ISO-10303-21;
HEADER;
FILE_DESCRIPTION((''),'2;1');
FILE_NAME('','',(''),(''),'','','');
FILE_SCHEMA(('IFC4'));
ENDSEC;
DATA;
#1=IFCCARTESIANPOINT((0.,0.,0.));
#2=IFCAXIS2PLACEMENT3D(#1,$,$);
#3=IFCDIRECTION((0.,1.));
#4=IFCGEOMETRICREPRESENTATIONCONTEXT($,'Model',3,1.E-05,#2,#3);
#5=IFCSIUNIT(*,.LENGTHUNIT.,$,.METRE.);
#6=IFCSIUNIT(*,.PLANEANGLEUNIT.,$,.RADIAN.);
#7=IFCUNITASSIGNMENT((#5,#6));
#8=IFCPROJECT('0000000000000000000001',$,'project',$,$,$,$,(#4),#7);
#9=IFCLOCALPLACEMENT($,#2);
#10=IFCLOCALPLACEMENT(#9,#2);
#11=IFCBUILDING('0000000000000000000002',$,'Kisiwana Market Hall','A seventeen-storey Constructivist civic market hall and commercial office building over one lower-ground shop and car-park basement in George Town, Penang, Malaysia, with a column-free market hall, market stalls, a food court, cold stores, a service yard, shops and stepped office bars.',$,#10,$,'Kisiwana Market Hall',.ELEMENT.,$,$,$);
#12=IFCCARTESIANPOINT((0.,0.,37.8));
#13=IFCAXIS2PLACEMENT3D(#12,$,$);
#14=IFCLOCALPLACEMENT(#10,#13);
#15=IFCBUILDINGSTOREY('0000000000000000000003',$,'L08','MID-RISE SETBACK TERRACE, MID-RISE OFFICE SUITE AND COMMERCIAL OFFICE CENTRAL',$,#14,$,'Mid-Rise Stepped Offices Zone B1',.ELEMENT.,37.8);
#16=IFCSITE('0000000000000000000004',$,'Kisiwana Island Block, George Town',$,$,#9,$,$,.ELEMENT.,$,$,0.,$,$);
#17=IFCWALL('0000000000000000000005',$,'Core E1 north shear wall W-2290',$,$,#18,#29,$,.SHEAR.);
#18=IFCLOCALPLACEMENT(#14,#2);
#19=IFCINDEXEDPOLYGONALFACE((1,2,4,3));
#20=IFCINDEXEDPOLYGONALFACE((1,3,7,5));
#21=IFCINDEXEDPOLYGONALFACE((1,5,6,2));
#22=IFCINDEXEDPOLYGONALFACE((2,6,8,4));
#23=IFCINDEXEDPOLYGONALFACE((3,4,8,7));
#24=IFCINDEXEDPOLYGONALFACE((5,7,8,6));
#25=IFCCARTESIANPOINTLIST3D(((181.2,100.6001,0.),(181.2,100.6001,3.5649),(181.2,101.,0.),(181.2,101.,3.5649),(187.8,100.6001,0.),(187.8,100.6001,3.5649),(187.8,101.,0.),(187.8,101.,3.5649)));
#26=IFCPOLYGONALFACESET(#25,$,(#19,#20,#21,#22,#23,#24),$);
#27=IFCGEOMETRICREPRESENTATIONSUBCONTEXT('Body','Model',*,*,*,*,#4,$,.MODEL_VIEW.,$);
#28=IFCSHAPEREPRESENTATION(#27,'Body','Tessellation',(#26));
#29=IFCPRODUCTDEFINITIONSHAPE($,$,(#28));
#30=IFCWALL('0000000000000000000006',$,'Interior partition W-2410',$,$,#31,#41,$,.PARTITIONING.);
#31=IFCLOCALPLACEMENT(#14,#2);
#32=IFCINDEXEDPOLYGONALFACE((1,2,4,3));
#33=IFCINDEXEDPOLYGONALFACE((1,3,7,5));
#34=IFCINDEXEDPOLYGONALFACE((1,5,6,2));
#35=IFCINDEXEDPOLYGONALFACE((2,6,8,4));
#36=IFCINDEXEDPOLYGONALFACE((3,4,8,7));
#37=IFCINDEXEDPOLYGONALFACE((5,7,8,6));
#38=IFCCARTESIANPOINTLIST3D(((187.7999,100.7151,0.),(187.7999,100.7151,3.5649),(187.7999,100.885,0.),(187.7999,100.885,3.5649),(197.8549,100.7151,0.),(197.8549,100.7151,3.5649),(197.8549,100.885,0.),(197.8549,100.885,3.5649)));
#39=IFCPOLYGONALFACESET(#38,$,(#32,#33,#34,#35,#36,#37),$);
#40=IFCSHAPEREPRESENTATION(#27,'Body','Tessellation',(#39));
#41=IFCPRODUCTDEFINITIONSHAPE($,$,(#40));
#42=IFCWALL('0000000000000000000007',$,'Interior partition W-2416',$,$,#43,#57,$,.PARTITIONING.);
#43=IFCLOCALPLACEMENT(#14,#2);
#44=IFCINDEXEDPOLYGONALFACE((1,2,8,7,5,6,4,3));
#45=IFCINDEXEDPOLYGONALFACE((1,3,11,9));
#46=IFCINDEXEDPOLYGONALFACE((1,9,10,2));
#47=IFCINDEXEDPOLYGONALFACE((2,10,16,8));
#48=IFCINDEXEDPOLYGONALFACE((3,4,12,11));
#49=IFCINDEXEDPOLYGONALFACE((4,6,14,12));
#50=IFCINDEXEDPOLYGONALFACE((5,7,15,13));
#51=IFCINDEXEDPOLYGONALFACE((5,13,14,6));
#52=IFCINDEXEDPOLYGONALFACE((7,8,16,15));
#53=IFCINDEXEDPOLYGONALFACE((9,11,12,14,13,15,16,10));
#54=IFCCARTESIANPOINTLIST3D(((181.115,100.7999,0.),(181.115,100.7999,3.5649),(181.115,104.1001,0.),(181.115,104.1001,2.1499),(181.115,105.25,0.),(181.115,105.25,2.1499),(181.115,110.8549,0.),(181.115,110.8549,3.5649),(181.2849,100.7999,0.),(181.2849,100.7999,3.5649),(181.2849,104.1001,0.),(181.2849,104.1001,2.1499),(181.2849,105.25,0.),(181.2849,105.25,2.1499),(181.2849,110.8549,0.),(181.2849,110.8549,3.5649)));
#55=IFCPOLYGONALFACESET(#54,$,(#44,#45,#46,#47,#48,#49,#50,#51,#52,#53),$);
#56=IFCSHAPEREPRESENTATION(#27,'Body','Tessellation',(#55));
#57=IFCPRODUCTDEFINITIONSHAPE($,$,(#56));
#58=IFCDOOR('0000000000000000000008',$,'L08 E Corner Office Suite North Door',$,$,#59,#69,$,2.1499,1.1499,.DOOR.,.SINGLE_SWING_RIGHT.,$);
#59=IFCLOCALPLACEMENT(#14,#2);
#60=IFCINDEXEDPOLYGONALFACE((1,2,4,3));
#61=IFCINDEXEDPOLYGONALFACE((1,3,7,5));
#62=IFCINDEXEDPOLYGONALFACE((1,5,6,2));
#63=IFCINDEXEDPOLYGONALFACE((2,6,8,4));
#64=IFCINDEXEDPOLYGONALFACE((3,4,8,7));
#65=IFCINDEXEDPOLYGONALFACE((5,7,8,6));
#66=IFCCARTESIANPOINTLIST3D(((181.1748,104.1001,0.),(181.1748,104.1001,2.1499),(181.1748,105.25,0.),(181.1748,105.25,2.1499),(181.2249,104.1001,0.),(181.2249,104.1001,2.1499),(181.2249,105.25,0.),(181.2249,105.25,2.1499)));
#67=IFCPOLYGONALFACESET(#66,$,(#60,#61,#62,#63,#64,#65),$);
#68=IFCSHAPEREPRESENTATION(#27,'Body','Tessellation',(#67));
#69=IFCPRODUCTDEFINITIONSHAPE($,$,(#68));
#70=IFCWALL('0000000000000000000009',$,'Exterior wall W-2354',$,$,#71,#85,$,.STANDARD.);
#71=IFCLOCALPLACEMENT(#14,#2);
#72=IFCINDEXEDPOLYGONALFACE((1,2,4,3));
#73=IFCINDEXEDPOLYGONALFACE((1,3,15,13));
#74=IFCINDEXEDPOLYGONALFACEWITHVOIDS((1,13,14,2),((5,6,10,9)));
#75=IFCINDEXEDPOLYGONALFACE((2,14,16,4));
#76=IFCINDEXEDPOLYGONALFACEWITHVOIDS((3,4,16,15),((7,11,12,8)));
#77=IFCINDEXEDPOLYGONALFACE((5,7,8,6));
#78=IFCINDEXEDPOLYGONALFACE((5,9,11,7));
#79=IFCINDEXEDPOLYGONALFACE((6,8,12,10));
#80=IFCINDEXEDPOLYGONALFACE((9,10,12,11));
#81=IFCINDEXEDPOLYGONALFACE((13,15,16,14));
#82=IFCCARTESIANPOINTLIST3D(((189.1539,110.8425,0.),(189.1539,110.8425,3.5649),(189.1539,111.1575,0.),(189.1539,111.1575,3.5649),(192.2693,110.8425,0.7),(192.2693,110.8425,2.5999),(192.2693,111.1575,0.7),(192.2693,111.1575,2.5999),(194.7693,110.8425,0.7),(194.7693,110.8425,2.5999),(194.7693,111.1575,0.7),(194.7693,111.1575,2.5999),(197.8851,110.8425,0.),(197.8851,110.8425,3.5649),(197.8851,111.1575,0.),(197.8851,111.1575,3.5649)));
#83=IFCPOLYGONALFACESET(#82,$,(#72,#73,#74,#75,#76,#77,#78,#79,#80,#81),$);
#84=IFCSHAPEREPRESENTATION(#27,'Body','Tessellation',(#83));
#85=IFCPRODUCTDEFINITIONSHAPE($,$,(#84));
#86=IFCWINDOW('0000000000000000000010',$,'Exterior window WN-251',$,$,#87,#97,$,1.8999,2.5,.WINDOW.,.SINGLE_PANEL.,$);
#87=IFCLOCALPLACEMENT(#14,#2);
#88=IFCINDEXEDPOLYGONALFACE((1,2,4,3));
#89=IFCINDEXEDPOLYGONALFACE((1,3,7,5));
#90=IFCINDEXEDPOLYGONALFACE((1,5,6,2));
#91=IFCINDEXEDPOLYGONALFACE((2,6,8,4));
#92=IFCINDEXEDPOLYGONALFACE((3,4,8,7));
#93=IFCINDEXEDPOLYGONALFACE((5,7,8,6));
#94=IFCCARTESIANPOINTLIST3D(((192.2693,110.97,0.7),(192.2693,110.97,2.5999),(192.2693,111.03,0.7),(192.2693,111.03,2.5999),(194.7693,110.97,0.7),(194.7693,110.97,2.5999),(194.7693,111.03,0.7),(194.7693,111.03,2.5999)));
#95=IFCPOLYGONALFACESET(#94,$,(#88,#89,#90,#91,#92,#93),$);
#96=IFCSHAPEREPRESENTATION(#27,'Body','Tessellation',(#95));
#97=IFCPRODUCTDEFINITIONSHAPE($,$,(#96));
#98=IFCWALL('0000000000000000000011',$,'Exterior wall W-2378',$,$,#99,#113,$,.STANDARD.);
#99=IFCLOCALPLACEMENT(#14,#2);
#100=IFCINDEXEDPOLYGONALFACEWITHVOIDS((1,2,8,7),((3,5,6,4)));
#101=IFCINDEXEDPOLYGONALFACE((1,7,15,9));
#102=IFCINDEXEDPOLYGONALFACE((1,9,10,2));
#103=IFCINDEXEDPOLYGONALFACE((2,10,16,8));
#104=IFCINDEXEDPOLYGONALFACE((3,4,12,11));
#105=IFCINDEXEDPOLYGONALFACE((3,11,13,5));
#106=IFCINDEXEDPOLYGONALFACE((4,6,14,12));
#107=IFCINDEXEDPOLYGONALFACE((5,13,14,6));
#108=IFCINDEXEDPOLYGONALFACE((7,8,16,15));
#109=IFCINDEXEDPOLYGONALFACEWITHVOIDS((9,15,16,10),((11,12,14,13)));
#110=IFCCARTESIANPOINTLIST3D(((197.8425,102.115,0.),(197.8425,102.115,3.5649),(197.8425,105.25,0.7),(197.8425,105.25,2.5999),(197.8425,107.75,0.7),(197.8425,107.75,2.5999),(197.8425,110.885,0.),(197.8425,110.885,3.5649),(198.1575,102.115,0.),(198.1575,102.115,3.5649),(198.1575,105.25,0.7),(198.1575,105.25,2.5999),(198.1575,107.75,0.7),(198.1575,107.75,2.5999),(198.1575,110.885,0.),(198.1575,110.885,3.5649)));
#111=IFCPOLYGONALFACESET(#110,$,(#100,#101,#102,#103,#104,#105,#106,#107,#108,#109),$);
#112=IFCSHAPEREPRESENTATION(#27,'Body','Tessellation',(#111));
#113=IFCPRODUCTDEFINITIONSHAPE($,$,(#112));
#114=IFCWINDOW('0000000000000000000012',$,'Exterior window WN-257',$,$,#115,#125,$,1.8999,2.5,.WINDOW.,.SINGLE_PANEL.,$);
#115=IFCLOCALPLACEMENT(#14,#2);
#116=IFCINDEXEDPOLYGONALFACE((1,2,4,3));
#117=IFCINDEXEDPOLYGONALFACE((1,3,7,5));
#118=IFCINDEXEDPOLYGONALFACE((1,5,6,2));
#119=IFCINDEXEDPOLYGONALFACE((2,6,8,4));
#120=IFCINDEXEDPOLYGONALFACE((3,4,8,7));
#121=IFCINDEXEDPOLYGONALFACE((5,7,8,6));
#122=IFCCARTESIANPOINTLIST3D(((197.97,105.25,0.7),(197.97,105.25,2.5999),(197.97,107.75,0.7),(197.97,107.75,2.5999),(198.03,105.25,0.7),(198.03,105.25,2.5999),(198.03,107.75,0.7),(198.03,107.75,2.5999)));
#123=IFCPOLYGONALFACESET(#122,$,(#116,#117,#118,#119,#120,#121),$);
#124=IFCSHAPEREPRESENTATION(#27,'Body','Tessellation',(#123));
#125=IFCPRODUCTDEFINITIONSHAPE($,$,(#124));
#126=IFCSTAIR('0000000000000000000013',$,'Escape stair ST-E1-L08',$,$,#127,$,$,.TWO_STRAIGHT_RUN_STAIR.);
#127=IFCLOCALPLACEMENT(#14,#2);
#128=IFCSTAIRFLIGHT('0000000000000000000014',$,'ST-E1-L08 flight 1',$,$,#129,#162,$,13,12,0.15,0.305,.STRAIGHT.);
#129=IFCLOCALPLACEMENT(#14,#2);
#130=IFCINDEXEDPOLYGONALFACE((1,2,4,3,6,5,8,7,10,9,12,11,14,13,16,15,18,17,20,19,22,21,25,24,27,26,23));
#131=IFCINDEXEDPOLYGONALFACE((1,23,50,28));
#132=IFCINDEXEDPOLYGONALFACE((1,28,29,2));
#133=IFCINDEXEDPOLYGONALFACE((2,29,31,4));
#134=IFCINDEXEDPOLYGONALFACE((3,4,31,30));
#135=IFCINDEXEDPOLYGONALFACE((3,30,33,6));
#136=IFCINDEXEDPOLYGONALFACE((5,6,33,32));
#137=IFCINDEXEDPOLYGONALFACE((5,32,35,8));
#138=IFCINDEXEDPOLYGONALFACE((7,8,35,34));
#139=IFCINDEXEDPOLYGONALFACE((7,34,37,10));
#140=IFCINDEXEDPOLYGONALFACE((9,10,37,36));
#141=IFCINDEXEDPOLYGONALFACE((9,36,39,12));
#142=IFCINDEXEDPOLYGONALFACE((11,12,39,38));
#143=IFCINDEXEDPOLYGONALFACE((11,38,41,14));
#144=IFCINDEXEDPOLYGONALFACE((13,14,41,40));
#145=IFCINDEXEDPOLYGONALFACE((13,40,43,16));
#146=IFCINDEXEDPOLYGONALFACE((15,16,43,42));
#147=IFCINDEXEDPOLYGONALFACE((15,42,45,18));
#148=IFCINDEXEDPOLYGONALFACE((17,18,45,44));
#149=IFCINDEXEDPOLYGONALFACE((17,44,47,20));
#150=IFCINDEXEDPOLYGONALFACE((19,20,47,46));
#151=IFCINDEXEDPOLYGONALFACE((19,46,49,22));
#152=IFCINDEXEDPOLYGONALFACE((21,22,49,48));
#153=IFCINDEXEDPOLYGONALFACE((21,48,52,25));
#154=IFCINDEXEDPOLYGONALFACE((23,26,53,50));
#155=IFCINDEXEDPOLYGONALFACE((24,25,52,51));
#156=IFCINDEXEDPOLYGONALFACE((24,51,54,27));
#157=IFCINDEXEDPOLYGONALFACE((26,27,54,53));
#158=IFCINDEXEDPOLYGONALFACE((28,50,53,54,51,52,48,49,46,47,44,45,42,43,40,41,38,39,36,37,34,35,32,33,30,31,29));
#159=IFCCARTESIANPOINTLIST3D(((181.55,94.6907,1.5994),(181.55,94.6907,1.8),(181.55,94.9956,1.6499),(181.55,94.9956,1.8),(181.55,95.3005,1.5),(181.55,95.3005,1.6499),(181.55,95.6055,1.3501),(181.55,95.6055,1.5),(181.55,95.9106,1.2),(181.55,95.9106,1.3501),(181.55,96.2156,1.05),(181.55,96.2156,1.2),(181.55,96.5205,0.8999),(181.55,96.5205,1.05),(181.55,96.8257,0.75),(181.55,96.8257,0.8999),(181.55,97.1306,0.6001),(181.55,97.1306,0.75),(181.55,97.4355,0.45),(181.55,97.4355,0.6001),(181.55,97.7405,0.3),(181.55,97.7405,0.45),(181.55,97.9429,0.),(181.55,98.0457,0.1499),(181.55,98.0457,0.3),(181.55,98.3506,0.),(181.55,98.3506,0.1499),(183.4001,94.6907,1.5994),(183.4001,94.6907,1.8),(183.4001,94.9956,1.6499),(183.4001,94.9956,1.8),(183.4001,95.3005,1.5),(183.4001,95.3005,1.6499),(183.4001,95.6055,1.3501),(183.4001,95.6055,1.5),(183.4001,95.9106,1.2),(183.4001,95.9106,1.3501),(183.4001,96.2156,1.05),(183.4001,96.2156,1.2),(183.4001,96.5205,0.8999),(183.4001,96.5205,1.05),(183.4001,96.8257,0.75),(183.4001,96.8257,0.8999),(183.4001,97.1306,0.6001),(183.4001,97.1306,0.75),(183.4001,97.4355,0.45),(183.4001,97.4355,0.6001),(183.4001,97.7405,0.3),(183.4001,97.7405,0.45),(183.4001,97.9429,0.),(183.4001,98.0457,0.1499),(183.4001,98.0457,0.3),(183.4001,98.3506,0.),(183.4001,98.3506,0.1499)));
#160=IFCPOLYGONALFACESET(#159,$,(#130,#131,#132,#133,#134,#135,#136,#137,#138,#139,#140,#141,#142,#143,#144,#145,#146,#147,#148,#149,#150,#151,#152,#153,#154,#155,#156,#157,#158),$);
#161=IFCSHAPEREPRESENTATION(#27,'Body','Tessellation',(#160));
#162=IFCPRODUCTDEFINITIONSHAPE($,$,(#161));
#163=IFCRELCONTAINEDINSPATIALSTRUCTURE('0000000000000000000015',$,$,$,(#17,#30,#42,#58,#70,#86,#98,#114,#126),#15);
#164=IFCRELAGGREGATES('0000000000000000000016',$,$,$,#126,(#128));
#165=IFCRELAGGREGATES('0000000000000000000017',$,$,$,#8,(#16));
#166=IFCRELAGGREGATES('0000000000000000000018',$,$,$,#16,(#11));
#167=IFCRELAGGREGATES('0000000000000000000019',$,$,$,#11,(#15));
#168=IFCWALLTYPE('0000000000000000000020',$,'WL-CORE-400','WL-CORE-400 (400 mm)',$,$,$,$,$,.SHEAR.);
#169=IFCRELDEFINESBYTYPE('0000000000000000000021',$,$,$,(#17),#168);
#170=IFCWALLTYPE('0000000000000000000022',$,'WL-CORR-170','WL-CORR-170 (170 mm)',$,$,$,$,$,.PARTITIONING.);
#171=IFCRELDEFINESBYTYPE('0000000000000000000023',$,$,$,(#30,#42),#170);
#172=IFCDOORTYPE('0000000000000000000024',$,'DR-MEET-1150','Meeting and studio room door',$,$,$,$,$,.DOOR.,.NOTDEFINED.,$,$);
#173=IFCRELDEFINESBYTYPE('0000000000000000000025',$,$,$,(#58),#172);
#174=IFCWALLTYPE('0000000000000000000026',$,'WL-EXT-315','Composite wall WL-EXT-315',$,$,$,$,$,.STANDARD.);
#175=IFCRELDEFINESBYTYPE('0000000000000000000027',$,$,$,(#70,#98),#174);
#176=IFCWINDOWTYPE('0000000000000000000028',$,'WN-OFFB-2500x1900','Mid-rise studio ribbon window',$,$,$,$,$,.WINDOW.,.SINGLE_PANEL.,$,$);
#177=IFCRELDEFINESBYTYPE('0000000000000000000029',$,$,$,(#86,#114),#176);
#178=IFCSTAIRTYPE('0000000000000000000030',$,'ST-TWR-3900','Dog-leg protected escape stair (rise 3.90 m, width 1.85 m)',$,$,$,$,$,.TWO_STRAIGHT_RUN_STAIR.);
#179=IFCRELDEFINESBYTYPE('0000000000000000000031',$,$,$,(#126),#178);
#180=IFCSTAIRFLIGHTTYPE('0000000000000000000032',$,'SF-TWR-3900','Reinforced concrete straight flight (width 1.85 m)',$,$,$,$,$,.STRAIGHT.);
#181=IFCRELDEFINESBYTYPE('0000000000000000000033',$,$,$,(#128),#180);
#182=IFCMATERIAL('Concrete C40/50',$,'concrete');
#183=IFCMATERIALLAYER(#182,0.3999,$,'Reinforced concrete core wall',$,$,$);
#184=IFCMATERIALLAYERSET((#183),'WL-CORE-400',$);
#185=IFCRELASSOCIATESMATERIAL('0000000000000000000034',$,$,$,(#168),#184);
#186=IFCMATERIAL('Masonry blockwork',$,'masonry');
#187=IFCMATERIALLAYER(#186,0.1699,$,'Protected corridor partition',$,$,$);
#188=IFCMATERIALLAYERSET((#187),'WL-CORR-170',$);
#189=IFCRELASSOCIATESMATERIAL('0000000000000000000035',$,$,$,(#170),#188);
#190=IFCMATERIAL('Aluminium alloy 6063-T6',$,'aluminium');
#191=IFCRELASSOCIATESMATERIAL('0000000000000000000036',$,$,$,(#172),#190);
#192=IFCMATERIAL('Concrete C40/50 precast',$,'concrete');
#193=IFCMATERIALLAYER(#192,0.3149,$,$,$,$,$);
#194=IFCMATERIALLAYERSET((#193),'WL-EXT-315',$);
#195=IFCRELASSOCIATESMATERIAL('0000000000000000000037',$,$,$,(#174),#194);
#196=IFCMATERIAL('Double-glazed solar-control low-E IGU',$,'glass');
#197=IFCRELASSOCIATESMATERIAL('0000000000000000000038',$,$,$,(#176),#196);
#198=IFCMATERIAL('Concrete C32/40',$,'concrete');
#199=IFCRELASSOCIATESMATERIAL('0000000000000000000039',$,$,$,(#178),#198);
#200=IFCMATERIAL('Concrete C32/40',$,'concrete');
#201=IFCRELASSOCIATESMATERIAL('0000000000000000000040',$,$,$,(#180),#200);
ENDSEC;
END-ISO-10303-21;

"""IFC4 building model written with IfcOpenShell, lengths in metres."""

from ifc_helpers import new_model, si_unit, direction, frame, frame_2d, origin, place, context, subcontext, project, spatial, polyline, rectangle, outline, extrude, material, layer, layer_set, type_object, element, fill, aggregate, save


model = new_model("IFC4")

# Units and contexts
model_context = context("Model", 3, precision=1e-05, world=origin(), true_north=direction((0.0, 1.0)))
body_context = subcontext(model_context, "Body", "Model", "MODEL_VIEW")
ifc_project = project(units=[si_unit("LENGTHUNIT", "METRE"), si_unit("PLANEANGLEUNIT", "RADIAN")], contexts=[model_context])

# Site, building, storey
site_placement = place(None, origin())
site = spatial("IfcSite", under=ifc_project, at=site_placement, Name="Kisiwana Island Block, George Town", CompositionType="ELEMENT", RefElevation=0.0)
building_placement = place(site_placement, origin())
building = spatial("IfcBuilding", under=site, at=building_placement, Name="Kisiwana Market Hall", Description="A seventeen-storey Constructivist civic market hall and commercial office building over one lower-ground shop and car-park basement in George Town, Penang, Malaysia, with a column-free market hall, market stalls, a food court, cold stores, a service yard, shops and stepped office bars.", LongName="Kisiwana Market Hall", CompositionType="ELEMENT")
storey_placement = place(building_placement, frame((0.0, 0.0, 37.8)))
storey = spatial("IfcBuildingStorey", under=building, at=storey_placement, Name="L08", Description="MID-RISE SETBACK TERRACE, MID-RISE OFFICE SUITE AND COMMERCIAL OFFICE CENTRAL", LongName="Mid-Rise Stepped Offices Zone B1", CompositionType="ELEMENT", Elevation=37.8)

# Walls
ifc_material_1 = material(Name="Concrete C40/50", Category="concrete")
ifc_layer_1 = layer(ifc_material_1, 0.3999, Name="Reinforced concrete core wall")
ifc_layer_set_1 = layer_set([ifc_layer_1], Name="WL-CORE-400")
wall_type_1 = type_object("IfcWallType", Name="WL-CORE-400", Description="WL-CORE-400 (400 mm)", PredefinedType="SHEAR", material=ifc_layer_set_1)
wall_1_placement = place(storey_placement, frame((181.2, 100.8, 0.0), z_axis=(0.0, 0.0, 1.0), x_axis=(1.0, 0.0, 0.0)))
element("IfcWall", 1, at=wall_1_placement, inside=storey, type_object=wall_type_1, Name="Core E1 north shear wall W-2290", PredefinedType="SHEAR", context=body_context, shape_type="SweptSolid", body=[
    extrude(rectangle(XDim=6.6001, YDim=0.3999, at=frame_2d((3.3, 0.0))), origin(), (0.0, 0.0, 1.0), 3.5649),
])
ifc_material_2 = material(Name="Masonry blockwork", Category="masonry")
ifc_layer_2 = layer(ifc_material_2, 0.1699, Name="Protected corridor partition")
ifc_layer_set_2 = layer_set([ifc_layer_2], Name="WL-CORR-170")
wall_type_2 = type_object("IfcWallType", Name="WL-CORR-170", Description="WL-CORR-170 (170 mm)", PredefinedType="PARTITIONING", material=ifc_layer_set_2)
wall_2_placement = place(storey_placement, frame((187.8, 100.8, 0.0), z_axis=(0.0, 0.0, 1.0), x_axis=(1.0, 0.0, 0.0)))
element("IfcWall", 2, at=wall_2_placement, inside=storey, type_object=wall_type_2, Name="Interior partition W-2410", PredefinedType="PARTITIONING", context=body_context, shape_type="SweptSolid", body=[
    extrude(rectangle(XDim=10.0549, YDim=0.1699, at=frame_2d((5.0273, 0.0))), origin(), (0.0, 0.0, 1.0), 3.5649),
])

# Wall, opening, door
wall_3_placement = place(storey_placement, frame((181.2, 100.8, 0.0), z_axis=(0.0, 0.0, 1.0), x_axis=(0.0, 1.0, 0.0)))
wall_3 = element("IfcWall", 3, at=wall_3_placement, inside=storey, type_object=wall_type_2, Name="Interior partition W-2416", PredefinedType="PARTITIONING", context=body_context, shape_type="SweptSolid", body=[
    extrude(rectangle(XDim=10.0549, YDim=0.1699, at=frame_2d((5.0273, 0.0))), origin(), (0.0, 0.0, 1.0), 3.5649),
])
opening_1_placement = place(wall_3_placement, frame((3.3, 0.0, 0.0)))
opening_1 = element("IfcOpeningElement", 4, at=opening_1_placement, cuts=wall_3, PredefinedType="OPENING", context=body_context, shape_type="SweptSolid", body=[
    extrude(rectangle(XDim=1.1499, YDim=2.1499, at=frame_2d((0.575, 1.075))), frame((0.0, 0.0969, 0.0), z_axis=(0.0, -1.0, 0.0), x_axis=(1.0, 0.0, 0.0)), (0.0, 0.0, 1.0), 0.1938),
])
ifc_material_3 = material(Name="Aluminium alloy 6063-T6", Category="aluminium")
door_type = type_object("IfcDoorType", Name="DR-MEET-1150", Description="Meeting and studio room door", OperationType="NOTDEFINED", PredefinedType="DOOR", material=ifc_material_3)
door_placement = place(opening_1_placement, frame((1.1499, 0.0, 0.0), z_axis=(0.0, 0.0, 1.0), x_axis=(-1.0, 0.0, 0.0)))
door = element("IfcDoor", 5, at=door_placement, inside=storey, type_object=door_type, Name="L08 E Corner Office Suite North Door", OperationType="SINGLE_SWING_RIGHT", OverallHeight=2.1499, OverallWidth=1.1499, PredefinedType="DOOR", context=body_context, shape_type="SweptSolid", body=[
    extrude(rectangle(XDim=1.1499, YDim=2.1499, at=frame_2d((0.575, 1.075))), frame((0.0, 0.0249, 0.0), z_axis=(0.0, -1.0, 0.0), x_axis=(1.0, 0.0, 0.0)), (0.0, 0.0, 1.0), 0.05),
])
fill(opening_1, door)

# Walls, openings, windows
ifc_material_4 = material(Name="Concrete C40/50 precast", Category="concrete")
ifc_layer_3 = layer(ifc_material_4, 0.3149)
ifc_layer_set_3 = layer_set([ifc_layer_3], Name="WL-EXT-315")
wall_type_3 = type_object("IfcWallType", Name="WL-EXT-315", Description="Composite wall WL-EXT-315", PredefinedType="STANDARD", material=ifc_layer_set_3)
wall_4_placement = place(storey_placement, frame((189.1538, 111.0, 0.0), z_axis=(0.0, 0.0, 1.0), x_axis=(1.0, 0.0, 0.0)))
wall_4 = element("IfcWall", 6, at=wall_4_placement, inside=storey, type_object=wall_type_3, Name="Exterior wall W-2354", PredefinedType="STANDARD", context=body_context, shape_type="SweptSolid", body=[
    extrude(rectangle(XDim=8.7312, YDim=0.3149, at=frame_2d((4.3657, 0.0))), origin(), (0.0, 0.0, 1.0), 3.5649),
])
opening_2_placement = place(wall_4_placement, frame((3.1155, 0.0, 0.7)))
opening_2 = element("IfcOpeningElement", 7, at=opening_2_placement, cuts=wall_4, PredefinedType="OPENING", context=body_context, shape_type="SweptSolid", body=[
    extrude(rectangle(XDim=2.5, YDim=1.8999, at=frame_2d((1.25, 0.95))), frame((0.0, 0.1694, 0.0), z_axis=(0.0, -1.0, 0.0), x_axis=(1.0, 0.0, 0.0)), (0.0, 0.0, 1.0), 0.3389),
])
ifc_material_5 = material(Name="Double-glazed solar-control low-E IGU", Category="glass")
window_type = type_object("IfcWindowType", Name="WN-OFFB-2500x1900", Description="Mid-rise studio ribbon window", PartitioningType="SINGLE_PANEL", PredefinedType="WINDOW", material=ifc_material_5)
window_1_placement = place(opening_2_placement, origin())
window_1 = element("IfcWindow", 8, at=window_1_placement, inside=storey, type_object=window_type, Name="Exterior window WN-251", OverallHeight=1.8999, OverallWidth=2.5, PartitioningType="SINGLE_PANEL", PredefinedType="WINDOW", context=body_context, shape_type="SweptSolid", body=[
    extrude(rectangle(XDim=2.5, YDim=1.8999, at=frame_2d((1.25, 0.95))), frame((0.0, 0.03, 0.0), z_axis=(0.0, -1.0, 0.0), x_axis=(1.0, 0.0, 0.0)), (0.0, 0.0, 1.0), 0.0601),
])
fill(opening_2, window_1)
wall_5_placement = place(storey_placement, frame((198.0, 102.115, 0.0), z_axis=(0.0, 0.0, 1.0), x_axis=(0.0, 1.0, 0.0)))
wall_5 = element("IfcWall", 9, at=wall_5_placement, inside=storey, type_object=wall_type_3, Name="Exterior wall W-2378", PredefinedType="STANDARD", context=body_context, shape_type="SweptSolid", body=[
    extrude(rectangle(XDim=8.77, YDim=0.3149, at=frame_2d((4.385, 0.0))), origin(), (0.0, 0.0, 1.0), 3.5649),
])
opening_3_placement = place(wall_5_placement, frame((3.135, 0.0, 0.7)))
opening_3 = element("IfcOpeningElement", 10, at=opening_3_placement, cuts=wall_5, PredefinedType="OPENING", context=body_context, shape_type="SweptSolid", body=[
    extrude(rectangle(XDim=2.5, YDim=1.8999, at=frame_2d((1.25, 0.95))), frame((0.0, 0.1694, 0.0), z_axis=(0.0, -1.0, 0.0), x_axis=(1.0, 0.0, 0.0)), (0.0, 0.0, 1.0), 0.3389),
])
window_2_placement = place(opening_3_placement, origin())
window_2 = element("IfcWindow", 11, at=window_2_placement, inside=storey, type_object=window_type, Name="Exterior window WN-257", OverallHeight=1.8999, OverallWidth=2.5, PartitioningType="SINGLE_PANEL", PredefinedType="WINDOW", context=body_context, shape_type="SweptSolid", body=[
    extrude(rectangle(XDim=2.5, YDim=1.8999, at=frame_2d((1.25, 0.95))), frame((0.0, 0.03, 0.0), z_axis=(0.0, -1.0, 0.0), x_axis=(1.0, 0.0, 0.0)), (0.0, 0.0, 1.0), 0.0601),
])
fill(opening_3, window_2)

# Stair, stair flight
ifc_material_6 = material(Name="Concrete C32/40", Category="concrete")
stair_type = type_object("IfcStairType", Name="ST-TWR-3900", Description="Dog-leg protected escape stair (rise 3.90 m, width 1.85 m)", PredefinedType="TWO_STRAIGHT_RUN_STAIR", material=ifc_material_6)
stair_placement = place(storey_placement, origin())
stair = element("IfcStair", 12, at=stair_placement, inside=storey, type_object=stair_type, Name="Escape stair ST-E1-L08", PredefinedType="TWO_STRAIGHT_RUN_STAIR")
ifc_material_7 = material(Name="Concrete C32/40", Category="concrete")
stair_flight_type = type_object("IfcStairFlightType", Name="SF-TWR-3900", Description="Reinforced concrete straight flight (width 1.85 m)", PredefinedType="STRAIGHT", material=ifc_material_7)
stair_flight_placement = place(storey_placement, frame((182.4751, 98.3506, 0.0), z_axis=(0.0, 0.0, 1.0), x_axis=(0.0, -1.0, 0.0)))
stair_flight = element("IfcStairFlight", 13, at=stair_flight_placement, type_object=stair_flight_type, Name="ST-E1-L08 flight 1", NumberOfRisers=13, NumberOfTreads=12, PredefinedType="STRAIGHT", RiserHeight=0.15, TreadLength=0.305, context=body_context, shape_type="SweptSolid", body=[
    extrude(outline(polyline([(0.0, 0.0), (0.0, 0.1499), (0.3049, 0.1499), (0.3049, 0.3), (0.6101, 0.3), (0.6101, 0.45), (0.915, 0.45), (0.915, 0.6001), (1.22, 0.6001), (1.22, 0.75), (1.5249, 0.75), (1.5249, 0.8999), (1.8301, 0.8999), (1.8301, 1.05), (2.135, 1.05), (2.135, 1.2), (2.4399, 1.2), (2.4399, 1.3501), (2.7451, 1.3501), (2.7451, 1.5), (3.05, 1.5), (3.05, 1.6499), (3.355, 1.6499), (3.355, 1.8), (3.6599, 1.8), (3.6599, 1.95), (3.6599, 1.5994), (0.4077, 0.0), (0.0, 0.0)])), frame((0.0, 0.925, 0.0), z_axis=(0.0, -1.0, 0.0), x_axis=(1.0, 0.0, 0.0)), (0.0, 0.0, 1.0), 1.8501),
])
aggregate(stair, [stair_flight])

save(model, "model.ifc")
